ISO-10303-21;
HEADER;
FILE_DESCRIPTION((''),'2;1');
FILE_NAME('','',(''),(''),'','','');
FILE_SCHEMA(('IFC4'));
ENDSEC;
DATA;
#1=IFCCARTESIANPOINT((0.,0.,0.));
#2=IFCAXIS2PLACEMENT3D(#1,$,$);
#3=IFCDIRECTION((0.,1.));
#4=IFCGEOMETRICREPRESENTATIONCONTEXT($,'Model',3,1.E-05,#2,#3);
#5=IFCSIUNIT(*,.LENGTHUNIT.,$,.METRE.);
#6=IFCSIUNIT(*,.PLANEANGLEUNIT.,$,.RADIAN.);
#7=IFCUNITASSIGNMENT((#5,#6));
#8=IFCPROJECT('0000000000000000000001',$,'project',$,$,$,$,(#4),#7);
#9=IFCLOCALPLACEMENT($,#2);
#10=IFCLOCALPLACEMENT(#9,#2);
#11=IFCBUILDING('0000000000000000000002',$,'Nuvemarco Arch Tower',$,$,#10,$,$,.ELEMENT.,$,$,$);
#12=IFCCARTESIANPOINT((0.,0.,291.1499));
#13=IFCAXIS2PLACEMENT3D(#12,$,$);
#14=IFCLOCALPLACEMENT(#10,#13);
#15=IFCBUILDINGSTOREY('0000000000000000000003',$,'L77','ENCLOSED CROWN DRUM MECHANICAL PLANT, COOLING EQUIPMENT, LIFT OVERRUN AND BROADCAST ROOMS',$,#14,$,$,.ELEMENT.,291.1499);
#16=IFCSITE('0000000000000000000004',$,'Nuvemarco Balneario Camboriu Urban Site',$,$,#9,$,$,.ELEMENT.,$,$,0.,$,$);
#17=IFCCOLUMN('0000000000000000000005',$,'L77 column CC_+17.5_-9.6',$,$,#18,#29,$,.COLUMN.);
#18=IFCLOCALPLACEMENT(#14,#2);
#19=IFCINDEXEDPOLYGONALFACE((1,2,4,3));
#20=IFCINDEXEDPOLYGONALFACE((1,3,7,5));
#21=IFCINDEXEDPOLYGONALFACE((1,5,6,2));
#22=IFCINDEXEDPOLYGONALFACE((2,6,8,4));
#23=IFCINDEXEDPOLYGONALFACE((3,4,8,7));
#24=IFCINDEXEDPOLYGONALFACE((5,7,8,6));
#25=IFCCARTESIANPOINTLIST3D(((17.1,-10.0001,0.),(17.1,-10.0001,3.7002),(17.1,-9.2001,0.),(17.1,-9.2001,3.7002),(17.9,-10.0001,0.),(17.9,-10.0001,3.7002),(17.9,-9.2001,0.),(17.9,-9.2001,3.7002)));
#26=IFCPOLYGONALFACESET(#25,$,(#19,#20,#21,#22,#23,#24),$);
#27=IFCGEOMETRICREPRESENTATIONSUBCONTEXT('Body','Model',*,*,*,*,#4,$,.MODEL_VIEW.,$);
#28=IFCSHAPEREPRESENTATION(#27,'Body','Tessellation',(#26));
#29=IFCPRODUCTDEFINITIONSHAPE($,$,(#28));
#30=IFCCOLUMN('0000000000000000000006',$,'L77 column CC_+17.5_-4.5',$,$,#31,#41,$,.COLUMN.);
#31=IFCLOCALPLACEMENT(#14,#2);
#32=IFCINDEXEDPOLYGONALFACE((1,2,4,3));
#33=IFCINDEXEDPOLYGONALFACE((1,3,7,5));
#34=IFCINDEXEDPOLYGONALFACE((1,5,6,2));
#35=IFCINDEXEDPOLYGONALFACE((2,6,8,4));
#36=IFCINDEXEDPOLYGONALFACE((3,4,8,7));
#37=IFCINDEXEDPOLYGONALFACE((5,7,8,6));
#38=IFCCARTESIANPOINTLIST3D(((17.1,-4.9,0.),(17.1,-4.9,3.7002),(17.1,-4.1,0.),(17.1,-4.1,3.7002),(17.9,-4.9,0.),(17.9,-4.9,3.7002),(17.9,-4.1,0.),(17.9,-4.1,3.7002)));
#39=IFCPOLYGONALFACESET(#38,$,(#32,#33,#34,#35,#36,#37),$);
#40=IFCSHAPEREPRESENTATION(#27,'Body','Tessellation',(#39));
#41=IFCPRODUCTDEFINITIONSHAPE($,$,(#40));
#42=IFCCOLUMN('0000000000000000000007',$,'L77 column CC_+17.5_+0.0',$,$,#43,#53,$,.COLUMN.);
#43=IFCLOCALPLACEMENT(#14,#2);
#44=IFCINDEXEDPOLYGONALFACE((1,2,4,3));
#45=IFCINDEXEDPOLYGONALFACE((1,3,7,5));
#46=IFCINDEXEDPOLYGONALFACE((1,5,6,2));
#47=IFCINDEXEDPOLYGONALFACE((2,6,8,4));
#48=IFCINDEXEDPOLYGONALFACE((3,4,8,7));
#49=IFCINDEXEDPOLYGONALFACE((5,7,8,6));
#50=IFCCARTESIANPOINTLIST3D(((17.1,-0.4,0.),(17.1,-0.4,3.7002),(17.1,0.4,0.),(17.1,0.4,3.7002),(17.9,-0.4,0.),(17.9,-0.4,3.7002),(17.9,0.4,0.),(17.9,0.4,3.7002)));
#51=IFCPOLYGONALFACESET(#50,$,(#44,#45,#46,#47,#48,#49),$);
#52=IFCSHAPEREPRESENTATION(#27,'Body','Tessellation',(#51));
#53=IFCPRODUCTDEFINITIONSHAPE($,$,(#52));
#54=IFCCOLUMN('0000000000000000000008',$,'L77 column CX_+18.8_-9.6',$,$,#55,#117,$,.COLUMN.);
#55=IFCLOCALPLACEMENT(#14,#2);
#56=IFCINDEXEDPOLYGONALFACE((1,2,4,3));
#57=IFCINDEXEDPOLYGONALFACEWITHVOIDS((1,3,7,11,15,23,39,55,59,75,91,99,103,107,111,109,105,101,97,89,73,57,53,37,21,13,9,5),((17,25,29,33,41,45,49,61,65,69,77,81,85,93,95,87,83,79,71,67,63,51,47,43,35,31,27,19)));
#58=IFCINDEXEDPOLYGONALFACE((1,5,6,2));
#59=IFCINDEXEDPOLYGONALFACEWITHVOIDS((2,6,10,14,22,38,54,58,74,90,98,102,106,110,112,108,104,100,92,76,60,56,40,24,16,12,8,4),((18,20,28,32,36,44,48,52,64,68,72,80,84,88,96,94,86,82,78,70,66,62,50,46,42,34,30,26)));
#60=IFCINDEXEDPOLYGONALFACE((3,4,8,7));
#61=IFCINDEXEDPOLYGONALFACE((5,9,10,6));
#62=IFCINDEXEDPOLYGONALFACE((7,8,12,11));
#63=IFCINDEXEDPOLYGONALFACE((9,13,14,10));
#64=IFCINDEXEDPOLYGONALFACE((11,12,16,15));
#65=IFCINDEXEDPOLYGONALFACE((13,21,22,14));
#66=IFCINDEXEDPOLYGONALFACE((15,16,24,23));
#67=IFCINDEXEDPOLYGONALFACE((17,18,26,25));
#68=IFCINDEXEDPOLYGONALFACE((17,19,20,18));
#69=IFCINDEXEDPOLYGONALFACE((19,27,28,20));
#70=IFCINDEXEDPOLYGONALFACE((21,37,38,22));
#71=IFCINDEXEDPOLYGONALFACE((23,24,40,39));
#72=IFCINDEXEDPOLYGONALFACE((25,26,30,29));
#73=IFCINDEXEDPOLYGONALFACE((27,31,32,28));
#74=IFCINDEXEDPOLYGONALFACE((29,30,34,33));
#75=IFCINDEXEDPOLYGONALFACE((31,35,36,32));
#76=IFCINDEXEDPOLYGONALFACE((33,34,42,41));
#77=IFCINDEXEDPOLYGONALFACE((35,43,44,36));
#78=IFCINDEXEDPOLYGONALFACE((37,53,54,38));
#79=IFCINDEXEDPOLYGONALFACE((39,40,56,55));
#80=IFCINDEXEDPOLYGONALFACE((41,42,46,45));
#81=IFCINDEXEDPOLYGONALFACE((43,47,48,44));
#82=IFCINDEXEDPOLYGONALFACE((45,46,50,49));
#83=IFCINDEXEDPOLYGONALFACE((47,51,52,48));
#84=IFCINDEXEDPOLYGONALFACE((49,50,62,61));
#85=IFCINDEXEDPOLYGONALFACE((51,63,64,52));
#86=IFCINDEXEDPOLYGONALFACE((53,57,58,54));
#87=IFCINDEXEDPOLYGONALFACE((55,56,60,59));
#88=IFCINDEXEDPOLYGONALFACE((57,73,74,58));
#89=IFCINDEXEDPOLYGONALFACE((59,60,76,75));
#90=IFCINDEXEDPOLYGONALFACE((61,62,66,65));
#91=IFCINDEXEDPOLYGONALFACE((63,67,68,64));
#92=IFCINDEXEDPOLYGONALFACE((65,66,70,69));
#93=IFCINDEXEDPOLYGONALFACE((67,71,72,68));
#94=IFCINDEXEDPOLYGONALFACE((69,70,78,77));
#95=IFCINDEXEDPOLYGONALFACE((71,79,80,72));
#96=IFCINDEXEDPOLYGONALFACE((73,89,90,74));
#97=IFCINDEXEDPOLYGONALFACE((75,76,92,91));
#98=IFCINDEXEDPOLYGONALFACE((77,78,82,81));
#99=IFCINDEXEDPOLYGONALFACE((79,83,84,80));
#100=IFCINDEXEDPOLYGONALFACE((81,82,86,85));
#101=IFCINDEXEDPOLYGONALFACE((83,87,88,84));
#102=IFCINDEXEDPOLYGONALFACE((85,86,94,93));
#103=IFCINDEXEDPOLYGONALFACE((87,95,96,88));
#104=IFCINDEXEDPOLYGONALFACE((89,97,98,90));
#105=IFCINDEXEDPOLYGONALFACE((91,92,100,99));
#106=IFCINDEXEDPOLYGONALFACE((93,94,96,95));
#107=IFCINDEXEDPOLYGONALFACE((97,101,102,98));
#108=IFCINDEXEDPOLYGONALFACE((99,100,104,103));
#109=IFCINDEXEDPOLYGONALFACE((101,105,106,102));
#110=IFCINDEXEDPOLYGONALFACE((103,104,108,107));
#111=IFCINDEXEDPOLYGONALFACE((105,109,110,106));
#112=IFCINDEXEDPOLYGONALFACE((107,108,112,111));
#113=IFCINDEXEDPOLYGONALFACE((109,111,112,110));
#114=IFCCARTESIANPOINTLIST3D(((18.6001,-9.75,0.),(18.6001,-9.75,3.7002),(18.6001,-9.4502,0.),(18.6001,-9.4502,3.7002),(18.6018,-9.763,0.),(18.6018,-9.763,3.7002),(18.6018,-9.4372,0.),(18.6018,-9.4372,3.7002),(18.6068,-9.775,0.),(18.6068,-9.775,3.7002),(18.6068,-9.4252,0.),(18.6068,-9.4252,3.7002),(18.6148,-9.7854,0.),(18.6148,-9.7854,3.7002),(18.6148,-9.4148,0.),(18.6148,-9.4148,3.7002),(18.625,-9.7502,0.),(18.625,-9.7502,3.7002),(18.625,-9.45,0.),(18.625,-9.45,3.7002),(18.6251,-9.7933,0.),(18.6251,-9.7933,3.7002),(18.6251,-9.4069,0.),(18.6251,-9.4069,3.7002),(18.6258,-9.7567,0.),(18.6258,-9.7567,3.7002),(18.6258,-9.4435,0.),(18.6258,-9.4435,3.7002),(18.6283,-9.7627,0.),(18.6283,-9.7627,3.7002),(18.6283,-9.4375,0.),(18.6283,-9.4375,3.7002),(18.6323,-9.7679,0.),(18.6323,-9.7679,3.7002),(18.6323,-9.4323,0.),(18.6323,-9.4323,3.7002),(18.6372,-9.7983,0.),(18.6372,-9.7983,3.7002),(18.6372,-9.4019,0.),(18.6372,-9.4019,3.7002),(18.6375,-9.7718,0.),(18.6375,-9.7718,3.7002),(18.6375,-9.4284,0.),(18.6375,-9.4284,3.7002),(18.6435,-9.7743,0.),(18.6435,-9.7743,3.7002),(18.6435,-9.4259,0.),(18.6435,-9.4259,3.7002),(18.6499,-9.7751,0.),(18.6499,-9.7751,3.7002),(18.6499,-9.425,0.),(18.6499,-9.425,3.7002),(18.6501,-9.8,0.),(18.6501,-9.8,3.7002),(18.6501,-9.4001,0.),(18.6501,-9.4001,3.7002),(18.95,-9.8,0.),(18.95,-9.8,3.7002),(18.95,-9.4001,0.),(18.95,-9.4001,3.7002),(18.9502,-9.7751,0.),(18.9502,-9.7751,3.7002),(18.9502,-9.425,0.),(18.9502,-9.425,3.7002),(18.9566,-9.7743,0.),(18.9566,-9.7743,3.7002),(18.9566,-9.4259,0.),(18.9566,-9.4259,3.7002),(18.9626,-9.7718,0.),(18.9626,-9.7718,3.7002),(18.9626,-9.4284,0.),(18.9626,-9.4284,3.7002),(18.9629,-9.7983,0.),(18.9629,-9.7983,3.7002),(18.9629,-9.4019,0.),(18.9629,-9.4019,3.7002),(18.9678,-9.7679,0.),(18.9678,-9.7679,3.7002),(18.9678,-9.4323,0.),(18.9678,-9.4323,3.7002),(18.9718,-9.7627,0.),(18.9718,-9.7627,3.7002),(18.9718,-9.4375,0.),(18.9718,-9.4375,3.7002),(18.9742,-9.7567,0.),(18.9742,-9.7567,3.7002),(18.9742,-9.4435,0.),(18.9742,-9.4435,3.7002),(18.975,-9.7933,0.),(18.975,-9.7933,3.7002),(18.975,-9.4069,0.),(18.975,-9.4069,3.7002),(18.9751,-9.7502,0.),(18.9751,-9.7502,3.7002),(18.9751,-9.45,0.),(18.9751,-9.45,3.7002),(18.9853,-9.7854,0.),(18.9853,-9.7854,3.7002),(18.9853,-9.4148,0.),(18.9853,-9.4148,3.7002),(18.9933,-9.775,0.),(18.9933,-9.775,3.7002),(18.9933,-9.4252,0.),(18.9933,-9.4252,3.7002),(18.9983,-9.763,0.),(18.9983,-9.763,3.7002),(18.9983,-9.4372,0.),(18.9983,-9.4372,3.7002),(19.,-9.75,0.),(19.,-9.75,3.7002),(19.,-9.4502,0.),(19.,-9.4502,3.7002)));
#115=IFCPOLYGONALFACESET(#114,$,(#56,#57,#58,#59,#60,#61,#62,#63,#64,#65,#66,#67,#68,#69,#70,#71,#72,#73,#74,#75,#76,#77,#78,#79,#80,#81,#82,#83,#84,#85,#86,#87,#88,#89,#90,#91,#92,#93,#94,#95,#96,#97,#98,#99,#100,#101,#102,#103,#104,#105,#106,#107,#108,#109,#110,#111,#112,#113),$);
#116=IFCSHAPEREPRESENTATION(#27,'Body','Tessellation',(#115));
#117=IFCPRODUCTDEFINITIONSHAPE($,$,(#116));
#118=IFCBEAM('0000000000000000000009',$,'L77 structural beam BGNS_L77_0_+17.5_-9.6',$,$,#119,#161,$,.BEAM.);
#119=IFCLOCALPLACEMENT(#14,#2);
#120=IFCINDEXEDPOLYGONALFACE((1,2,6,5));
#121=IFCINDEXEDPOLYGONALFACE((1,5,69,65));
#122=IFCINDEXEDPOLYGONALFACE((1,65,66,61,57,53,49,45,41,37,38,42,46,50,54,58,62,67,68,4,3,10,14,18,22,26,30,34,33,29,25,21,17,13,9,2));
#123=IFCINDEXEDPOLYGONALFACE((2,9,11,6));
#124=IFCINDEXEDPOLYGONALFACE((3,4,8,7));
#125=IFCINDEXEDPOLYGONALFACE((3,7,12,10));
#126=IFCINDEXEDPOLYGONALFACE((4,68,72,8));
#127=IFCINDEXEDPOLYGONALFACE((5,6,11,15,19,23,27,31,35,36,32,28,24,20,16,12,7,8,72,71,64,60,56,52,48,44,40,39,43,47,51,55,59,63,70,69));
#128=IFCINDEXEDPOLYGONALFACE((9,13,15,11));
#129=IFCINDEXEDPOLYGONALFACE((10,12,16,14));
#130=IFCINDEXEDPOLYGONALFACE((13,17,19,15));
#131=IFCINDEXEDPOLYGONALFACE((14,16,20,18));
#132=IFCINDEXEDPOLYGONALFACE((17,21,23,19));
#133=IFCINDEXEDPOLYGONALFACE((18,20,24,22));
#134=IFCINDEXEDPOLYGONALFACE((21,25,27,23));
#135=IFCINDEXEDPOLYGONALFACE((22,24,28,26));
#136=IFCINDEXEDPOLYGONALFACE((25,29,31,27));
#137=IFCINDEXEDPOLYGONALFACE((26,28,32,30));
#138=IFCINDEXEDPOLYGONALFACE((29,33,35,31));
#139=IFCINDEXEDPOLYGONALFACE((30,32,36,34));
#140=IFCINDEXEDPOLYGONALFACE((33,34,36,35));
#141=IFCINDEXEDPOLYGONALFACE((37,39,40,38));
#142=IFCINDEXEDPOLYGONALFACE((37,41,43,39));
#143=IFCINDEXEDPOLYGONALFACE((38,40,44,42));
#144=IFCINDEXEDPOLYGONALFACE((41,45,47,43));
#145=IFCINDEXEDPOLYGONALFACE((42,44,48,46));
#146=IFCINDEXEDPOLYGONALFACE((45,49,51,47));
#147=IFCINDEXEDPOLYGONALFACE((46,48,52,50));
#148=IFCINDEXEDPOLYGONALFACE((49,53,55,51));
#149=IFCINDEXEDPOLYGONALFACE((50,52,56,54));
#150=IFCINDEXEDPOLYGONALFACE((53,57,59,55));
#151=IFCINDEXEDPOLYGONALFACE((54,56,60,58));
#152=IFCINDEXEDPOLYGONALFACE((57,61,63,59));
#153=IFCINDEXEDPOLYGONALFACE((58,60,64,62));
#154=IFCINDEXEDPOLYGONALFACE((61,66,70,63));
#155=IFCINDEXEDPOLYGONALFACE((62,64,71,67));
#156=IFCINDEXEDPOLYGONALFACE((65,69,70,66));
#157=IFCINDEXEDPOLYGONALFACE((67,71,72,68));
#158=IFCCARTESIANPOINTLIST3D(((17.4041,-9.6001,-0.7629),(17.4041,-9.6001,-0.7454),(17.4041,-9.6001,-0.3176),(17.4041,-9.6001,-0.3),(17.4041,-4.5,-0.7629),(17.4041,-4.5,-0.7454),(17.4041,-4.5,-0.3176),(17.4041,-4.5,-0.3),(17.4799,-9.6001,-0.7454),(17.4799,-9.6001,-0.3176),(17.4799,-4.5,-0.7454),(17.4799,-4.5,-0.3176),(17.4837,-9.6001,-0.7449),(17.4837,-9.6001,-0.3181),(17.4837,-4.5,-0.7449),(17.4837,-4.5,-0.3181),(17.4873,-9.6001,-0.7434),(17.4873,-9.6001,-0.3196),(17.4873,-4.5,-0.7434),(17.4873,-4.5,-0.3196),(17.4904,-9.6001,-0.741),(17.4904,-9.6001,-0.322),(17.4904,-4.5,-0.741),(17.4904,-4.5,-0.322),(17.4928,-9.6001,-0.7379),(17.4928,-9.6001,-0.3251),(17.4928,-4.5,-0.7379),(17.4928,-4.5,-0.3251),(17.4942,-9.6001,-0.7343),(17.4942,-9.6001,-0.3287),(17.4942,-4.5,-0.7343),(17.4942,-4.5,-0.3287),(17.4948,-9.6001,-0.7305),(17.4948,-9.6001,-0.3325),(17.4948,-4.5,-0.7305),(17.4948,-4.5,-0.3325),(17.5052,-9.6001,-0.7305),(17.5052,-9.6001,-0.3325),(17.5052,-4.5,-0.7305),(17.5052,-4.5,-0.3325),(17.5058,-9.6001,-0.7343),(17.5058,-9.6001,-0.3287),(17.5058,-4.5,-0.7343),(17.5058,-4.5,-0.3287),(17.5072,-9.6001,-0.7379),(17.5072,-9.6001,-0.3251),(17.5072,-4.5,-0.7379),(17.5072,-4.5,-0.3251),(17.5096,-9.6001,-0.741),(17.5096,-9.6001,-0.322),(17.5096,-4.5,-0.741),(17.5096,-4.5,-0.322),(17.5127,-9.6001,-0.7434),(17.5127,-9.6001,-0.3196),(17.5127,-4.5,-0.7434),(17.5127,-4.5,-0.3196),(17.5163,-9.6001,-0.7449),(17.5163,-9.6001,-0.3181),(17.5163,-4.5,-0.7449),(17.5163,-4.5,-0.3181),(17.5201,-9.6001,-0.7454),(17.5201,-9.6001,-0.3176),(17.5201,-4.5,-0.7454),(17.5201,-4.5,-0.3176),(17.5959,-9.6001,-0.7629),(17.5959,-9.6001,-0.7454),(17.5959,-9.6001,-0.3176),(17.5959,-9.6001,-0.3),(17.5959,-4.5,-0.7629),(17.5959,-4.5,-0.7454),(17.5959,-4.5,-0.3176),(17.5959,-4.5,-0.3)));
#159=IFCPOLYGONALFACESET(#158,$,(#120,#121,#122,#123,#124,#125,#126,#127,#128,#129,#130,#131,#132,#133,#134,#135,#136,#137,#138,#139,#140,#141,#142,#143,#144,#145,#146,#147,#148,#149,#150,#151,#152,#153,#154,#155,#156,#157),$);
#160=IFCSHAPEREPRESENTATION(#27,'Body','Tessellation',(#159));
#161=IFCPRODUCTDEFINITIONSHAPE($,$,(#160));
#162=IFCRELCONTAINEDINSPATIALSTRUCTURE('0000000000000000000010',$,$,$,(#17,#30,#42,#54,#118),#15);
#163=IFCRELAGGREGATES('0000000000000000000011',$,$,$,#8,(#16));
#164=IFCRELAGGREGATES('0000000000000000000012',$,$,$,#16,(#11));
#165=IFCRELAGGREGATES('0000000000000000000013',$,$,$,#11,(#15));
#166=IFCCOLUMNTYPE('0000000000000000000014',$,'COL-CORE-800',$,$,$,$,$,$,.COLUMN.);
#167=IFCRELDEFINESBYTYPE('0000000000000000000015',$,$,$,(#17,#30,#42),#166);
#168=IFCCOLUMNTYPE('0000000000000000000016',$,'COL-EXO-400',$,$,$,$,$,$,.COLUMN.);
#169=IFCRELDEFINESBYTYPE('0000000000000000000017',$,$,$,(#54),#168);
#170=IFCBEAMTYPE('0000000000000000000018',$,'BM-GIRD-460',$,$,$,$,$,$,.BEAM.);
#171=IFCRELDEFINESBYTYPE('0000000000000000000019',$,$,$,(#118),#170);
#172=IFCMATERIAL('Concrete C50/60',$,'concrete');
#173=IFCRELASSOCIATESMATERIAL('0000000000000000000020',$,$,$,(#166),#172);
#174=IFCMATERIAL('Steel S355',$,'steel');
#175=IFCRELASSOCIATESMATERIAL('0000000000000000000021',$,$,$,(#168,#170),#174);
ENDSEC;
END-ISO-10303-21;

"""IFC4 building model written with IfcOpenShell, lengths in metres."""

from ifc_helpers import new_model, si_unit, direction, frame, origin, origin_2d, place, context, subcontext, project, spatial, rectangle, hollow_rectangle, i_section, extrude, material, material_profile, profile_set, type_object, element, save


model = new_model("IFC4")

# Units and contexts
model_context = context("Model", 3, precision=1e-05, world=origin(), true_north=direction((0.0, 1.0)))
body_context = subcontext(model_context, "Body", "Model", "MODEL_VIEW")
ifc_project = project(units=[si_unit("LENGTHUNIT", "METRE"), si_unit("PLANEANGLEUNIT", "RADIAN")], contexts=[model_context])

# Site, building, storey
site_placement = place(None, origin())
site = spatial("IfcSite", under=ifc_project, at=site_placement, Name="Nuvemarco Balneario Camboriu Urban Site", CompositionType="ELEMENT", RefElevation=0.0)
building_placement = place(site_placement, origin())
building = spatial("IfcBuilding", under=site, at=building_placement, Name="Nuvemarco Arch Tower", CompositionType="ELEMENT")
storey_placement = place(building_placement, frame((0.0, 0.0, 291.1499)))
storey = spatial("IfcBuildingStorey", under=building, at=storey_placement, Name="L77", Description="ENCLOSED CROWN DRUM MECHANICAL PLANT, COOLING EQUIPMENT, LIFT OVERRUN AND BROADCAST ROOMS", CompositionType="ELEMENT", Elevation=291.1499)

# Columns
ifc_material_1 = material(Name="Concrete C50/60", Category="concrete")
ifc_material_profile_1 = material_profile(ifc_material_1, rectangle(XDim=0.8, YDim=0.8, at=origin_2d()), Name="RC-COL-800x800")
ifc_profile_set_1 = profile_set([ifc_material_profile_1], Name="Concrete C50/60")
column_type_1 = type_object("IfcColumnType", Name="COL-CORE-800", PredefinedType="COLUMN", material=ifc_profile_set_1)
for number, where, z_axis, x_axis, name in (
    (1, (17.5, -9.6001, 0.0), (0.0, 0.0, 1.0), (1.0, 0.0, 0.0), "L77 column CC_+17.5_-9.6"),
    (2, (17.5, -4.5, 0.0), (0.0, 0.0, 1.0), (1.0, 0.0, 0.0), "L77 column CC_+17.5_-4.5"),
    (3, (17.5, 0.0, 0.0), (0.0, 0.0, 1.0), (1.0, 0.0, 0.0), "L77 column CC_+17.5_+0.0"),
):
    element("IfcColumn", number, at=place(storey_placement, frame(where, z_axis=z_axis, x_axis=x_axis)), inside=storey, type_object=column_type_1, Name=name, PredefinedType="COLUMN", context=body_context, shape_type="SweptSolid", body=[
        extrude(rectangle(XDim=0.8, YDim=0.8, at=origin_2d()), origin(), (0.0, 0.0, 1.0), 3.7002),
    ])
ifc_material_2 = material(Name="Steel S355", Category="steel")
ifc_material_profile_2 = material_profile(ifc_material_2, hollow_rectangle(XDim=0.3999, YDim=0.3999, WallThickness=0.0249, InnerFilletRadius=0.0249, OuterFilletRadius=0.05, at=origin_2d()), Name="SHS400x400x25")
ifc_profile_set_2 = profile_set([ifc_material_profile_2], Name="Steel S355")
column_type_2 = type_object("IfcColumnType", Name="COL-EXO-400", PredefinedType="COLUMN", material=ifc_profile_set_2)
column_placement = place(storey_placement, frame((18.8, -9.6001, 0.0), z_axis=(0.0, 0.0, 1.0), x_axis=(1.0, 0.0, 0.0)))
element("IfcColumn", 4, at=column_placement, inside=storey, type_object=column_type_2, Name="L77 column CX_+18.8_-9.6", PredefinedType="COLUMN", context=body_context, shape_type="SweptSolid", body=[
    extrude(hollow_rectangle(XDim=0.3999, YDim=0.3999, WallThickness=0.0249, InnerFilletRadius=0.0249, OuterFilletRadius=0.05, at=origin_2d()), origin(), (0.0, 0.0, 1.0), 3.7002),
])

# Beam
ifc_material_profile_3 = material_profile(ifc_material_2, i_section(OverallWidth=0.1919, OverallDepth=0.4629, WebThickness=0.0105, FlangeThickness=0.0176, FilletRadius=0.0149, at=origin_2d()), Name="W460x89")
ifc_profile_set_3 = profile_set([ifc_material_profile_3], Name="Steel S355")
beam_type_1 = type_object("IfcBeamType", Name="BM-GIRD-460", PredefinedType="BEAM", material=ifc_profile_set_3)
beam_1_placement = place(storey_placement, frame((17.5, -9.6001, -0.5315), z_axis=(0.0, 1.0, 0.0), x_axis=(-1.0, 0.0, 0.0)))
element("IfcBeam", 5, at=beam_1_placement, inside=storey, type_object=beam_type_1, Name="L77 structural beam BGNS_L77_0_+17.5_-9.6", PredefinedType="BEAM", context=body_context, shape_type="SweptSolid", body=[
    extrude(i_section(OverallWidth=0.1919, OverallDepth=0.4629, WebThickness=0.0105, FlangeThickness=0.0176, FilletRadius=0.0149, at=origin_2d()), origin(), (0.0, 0.0, 1.0), 5.1001),
])

save(model, "model.ifc")
